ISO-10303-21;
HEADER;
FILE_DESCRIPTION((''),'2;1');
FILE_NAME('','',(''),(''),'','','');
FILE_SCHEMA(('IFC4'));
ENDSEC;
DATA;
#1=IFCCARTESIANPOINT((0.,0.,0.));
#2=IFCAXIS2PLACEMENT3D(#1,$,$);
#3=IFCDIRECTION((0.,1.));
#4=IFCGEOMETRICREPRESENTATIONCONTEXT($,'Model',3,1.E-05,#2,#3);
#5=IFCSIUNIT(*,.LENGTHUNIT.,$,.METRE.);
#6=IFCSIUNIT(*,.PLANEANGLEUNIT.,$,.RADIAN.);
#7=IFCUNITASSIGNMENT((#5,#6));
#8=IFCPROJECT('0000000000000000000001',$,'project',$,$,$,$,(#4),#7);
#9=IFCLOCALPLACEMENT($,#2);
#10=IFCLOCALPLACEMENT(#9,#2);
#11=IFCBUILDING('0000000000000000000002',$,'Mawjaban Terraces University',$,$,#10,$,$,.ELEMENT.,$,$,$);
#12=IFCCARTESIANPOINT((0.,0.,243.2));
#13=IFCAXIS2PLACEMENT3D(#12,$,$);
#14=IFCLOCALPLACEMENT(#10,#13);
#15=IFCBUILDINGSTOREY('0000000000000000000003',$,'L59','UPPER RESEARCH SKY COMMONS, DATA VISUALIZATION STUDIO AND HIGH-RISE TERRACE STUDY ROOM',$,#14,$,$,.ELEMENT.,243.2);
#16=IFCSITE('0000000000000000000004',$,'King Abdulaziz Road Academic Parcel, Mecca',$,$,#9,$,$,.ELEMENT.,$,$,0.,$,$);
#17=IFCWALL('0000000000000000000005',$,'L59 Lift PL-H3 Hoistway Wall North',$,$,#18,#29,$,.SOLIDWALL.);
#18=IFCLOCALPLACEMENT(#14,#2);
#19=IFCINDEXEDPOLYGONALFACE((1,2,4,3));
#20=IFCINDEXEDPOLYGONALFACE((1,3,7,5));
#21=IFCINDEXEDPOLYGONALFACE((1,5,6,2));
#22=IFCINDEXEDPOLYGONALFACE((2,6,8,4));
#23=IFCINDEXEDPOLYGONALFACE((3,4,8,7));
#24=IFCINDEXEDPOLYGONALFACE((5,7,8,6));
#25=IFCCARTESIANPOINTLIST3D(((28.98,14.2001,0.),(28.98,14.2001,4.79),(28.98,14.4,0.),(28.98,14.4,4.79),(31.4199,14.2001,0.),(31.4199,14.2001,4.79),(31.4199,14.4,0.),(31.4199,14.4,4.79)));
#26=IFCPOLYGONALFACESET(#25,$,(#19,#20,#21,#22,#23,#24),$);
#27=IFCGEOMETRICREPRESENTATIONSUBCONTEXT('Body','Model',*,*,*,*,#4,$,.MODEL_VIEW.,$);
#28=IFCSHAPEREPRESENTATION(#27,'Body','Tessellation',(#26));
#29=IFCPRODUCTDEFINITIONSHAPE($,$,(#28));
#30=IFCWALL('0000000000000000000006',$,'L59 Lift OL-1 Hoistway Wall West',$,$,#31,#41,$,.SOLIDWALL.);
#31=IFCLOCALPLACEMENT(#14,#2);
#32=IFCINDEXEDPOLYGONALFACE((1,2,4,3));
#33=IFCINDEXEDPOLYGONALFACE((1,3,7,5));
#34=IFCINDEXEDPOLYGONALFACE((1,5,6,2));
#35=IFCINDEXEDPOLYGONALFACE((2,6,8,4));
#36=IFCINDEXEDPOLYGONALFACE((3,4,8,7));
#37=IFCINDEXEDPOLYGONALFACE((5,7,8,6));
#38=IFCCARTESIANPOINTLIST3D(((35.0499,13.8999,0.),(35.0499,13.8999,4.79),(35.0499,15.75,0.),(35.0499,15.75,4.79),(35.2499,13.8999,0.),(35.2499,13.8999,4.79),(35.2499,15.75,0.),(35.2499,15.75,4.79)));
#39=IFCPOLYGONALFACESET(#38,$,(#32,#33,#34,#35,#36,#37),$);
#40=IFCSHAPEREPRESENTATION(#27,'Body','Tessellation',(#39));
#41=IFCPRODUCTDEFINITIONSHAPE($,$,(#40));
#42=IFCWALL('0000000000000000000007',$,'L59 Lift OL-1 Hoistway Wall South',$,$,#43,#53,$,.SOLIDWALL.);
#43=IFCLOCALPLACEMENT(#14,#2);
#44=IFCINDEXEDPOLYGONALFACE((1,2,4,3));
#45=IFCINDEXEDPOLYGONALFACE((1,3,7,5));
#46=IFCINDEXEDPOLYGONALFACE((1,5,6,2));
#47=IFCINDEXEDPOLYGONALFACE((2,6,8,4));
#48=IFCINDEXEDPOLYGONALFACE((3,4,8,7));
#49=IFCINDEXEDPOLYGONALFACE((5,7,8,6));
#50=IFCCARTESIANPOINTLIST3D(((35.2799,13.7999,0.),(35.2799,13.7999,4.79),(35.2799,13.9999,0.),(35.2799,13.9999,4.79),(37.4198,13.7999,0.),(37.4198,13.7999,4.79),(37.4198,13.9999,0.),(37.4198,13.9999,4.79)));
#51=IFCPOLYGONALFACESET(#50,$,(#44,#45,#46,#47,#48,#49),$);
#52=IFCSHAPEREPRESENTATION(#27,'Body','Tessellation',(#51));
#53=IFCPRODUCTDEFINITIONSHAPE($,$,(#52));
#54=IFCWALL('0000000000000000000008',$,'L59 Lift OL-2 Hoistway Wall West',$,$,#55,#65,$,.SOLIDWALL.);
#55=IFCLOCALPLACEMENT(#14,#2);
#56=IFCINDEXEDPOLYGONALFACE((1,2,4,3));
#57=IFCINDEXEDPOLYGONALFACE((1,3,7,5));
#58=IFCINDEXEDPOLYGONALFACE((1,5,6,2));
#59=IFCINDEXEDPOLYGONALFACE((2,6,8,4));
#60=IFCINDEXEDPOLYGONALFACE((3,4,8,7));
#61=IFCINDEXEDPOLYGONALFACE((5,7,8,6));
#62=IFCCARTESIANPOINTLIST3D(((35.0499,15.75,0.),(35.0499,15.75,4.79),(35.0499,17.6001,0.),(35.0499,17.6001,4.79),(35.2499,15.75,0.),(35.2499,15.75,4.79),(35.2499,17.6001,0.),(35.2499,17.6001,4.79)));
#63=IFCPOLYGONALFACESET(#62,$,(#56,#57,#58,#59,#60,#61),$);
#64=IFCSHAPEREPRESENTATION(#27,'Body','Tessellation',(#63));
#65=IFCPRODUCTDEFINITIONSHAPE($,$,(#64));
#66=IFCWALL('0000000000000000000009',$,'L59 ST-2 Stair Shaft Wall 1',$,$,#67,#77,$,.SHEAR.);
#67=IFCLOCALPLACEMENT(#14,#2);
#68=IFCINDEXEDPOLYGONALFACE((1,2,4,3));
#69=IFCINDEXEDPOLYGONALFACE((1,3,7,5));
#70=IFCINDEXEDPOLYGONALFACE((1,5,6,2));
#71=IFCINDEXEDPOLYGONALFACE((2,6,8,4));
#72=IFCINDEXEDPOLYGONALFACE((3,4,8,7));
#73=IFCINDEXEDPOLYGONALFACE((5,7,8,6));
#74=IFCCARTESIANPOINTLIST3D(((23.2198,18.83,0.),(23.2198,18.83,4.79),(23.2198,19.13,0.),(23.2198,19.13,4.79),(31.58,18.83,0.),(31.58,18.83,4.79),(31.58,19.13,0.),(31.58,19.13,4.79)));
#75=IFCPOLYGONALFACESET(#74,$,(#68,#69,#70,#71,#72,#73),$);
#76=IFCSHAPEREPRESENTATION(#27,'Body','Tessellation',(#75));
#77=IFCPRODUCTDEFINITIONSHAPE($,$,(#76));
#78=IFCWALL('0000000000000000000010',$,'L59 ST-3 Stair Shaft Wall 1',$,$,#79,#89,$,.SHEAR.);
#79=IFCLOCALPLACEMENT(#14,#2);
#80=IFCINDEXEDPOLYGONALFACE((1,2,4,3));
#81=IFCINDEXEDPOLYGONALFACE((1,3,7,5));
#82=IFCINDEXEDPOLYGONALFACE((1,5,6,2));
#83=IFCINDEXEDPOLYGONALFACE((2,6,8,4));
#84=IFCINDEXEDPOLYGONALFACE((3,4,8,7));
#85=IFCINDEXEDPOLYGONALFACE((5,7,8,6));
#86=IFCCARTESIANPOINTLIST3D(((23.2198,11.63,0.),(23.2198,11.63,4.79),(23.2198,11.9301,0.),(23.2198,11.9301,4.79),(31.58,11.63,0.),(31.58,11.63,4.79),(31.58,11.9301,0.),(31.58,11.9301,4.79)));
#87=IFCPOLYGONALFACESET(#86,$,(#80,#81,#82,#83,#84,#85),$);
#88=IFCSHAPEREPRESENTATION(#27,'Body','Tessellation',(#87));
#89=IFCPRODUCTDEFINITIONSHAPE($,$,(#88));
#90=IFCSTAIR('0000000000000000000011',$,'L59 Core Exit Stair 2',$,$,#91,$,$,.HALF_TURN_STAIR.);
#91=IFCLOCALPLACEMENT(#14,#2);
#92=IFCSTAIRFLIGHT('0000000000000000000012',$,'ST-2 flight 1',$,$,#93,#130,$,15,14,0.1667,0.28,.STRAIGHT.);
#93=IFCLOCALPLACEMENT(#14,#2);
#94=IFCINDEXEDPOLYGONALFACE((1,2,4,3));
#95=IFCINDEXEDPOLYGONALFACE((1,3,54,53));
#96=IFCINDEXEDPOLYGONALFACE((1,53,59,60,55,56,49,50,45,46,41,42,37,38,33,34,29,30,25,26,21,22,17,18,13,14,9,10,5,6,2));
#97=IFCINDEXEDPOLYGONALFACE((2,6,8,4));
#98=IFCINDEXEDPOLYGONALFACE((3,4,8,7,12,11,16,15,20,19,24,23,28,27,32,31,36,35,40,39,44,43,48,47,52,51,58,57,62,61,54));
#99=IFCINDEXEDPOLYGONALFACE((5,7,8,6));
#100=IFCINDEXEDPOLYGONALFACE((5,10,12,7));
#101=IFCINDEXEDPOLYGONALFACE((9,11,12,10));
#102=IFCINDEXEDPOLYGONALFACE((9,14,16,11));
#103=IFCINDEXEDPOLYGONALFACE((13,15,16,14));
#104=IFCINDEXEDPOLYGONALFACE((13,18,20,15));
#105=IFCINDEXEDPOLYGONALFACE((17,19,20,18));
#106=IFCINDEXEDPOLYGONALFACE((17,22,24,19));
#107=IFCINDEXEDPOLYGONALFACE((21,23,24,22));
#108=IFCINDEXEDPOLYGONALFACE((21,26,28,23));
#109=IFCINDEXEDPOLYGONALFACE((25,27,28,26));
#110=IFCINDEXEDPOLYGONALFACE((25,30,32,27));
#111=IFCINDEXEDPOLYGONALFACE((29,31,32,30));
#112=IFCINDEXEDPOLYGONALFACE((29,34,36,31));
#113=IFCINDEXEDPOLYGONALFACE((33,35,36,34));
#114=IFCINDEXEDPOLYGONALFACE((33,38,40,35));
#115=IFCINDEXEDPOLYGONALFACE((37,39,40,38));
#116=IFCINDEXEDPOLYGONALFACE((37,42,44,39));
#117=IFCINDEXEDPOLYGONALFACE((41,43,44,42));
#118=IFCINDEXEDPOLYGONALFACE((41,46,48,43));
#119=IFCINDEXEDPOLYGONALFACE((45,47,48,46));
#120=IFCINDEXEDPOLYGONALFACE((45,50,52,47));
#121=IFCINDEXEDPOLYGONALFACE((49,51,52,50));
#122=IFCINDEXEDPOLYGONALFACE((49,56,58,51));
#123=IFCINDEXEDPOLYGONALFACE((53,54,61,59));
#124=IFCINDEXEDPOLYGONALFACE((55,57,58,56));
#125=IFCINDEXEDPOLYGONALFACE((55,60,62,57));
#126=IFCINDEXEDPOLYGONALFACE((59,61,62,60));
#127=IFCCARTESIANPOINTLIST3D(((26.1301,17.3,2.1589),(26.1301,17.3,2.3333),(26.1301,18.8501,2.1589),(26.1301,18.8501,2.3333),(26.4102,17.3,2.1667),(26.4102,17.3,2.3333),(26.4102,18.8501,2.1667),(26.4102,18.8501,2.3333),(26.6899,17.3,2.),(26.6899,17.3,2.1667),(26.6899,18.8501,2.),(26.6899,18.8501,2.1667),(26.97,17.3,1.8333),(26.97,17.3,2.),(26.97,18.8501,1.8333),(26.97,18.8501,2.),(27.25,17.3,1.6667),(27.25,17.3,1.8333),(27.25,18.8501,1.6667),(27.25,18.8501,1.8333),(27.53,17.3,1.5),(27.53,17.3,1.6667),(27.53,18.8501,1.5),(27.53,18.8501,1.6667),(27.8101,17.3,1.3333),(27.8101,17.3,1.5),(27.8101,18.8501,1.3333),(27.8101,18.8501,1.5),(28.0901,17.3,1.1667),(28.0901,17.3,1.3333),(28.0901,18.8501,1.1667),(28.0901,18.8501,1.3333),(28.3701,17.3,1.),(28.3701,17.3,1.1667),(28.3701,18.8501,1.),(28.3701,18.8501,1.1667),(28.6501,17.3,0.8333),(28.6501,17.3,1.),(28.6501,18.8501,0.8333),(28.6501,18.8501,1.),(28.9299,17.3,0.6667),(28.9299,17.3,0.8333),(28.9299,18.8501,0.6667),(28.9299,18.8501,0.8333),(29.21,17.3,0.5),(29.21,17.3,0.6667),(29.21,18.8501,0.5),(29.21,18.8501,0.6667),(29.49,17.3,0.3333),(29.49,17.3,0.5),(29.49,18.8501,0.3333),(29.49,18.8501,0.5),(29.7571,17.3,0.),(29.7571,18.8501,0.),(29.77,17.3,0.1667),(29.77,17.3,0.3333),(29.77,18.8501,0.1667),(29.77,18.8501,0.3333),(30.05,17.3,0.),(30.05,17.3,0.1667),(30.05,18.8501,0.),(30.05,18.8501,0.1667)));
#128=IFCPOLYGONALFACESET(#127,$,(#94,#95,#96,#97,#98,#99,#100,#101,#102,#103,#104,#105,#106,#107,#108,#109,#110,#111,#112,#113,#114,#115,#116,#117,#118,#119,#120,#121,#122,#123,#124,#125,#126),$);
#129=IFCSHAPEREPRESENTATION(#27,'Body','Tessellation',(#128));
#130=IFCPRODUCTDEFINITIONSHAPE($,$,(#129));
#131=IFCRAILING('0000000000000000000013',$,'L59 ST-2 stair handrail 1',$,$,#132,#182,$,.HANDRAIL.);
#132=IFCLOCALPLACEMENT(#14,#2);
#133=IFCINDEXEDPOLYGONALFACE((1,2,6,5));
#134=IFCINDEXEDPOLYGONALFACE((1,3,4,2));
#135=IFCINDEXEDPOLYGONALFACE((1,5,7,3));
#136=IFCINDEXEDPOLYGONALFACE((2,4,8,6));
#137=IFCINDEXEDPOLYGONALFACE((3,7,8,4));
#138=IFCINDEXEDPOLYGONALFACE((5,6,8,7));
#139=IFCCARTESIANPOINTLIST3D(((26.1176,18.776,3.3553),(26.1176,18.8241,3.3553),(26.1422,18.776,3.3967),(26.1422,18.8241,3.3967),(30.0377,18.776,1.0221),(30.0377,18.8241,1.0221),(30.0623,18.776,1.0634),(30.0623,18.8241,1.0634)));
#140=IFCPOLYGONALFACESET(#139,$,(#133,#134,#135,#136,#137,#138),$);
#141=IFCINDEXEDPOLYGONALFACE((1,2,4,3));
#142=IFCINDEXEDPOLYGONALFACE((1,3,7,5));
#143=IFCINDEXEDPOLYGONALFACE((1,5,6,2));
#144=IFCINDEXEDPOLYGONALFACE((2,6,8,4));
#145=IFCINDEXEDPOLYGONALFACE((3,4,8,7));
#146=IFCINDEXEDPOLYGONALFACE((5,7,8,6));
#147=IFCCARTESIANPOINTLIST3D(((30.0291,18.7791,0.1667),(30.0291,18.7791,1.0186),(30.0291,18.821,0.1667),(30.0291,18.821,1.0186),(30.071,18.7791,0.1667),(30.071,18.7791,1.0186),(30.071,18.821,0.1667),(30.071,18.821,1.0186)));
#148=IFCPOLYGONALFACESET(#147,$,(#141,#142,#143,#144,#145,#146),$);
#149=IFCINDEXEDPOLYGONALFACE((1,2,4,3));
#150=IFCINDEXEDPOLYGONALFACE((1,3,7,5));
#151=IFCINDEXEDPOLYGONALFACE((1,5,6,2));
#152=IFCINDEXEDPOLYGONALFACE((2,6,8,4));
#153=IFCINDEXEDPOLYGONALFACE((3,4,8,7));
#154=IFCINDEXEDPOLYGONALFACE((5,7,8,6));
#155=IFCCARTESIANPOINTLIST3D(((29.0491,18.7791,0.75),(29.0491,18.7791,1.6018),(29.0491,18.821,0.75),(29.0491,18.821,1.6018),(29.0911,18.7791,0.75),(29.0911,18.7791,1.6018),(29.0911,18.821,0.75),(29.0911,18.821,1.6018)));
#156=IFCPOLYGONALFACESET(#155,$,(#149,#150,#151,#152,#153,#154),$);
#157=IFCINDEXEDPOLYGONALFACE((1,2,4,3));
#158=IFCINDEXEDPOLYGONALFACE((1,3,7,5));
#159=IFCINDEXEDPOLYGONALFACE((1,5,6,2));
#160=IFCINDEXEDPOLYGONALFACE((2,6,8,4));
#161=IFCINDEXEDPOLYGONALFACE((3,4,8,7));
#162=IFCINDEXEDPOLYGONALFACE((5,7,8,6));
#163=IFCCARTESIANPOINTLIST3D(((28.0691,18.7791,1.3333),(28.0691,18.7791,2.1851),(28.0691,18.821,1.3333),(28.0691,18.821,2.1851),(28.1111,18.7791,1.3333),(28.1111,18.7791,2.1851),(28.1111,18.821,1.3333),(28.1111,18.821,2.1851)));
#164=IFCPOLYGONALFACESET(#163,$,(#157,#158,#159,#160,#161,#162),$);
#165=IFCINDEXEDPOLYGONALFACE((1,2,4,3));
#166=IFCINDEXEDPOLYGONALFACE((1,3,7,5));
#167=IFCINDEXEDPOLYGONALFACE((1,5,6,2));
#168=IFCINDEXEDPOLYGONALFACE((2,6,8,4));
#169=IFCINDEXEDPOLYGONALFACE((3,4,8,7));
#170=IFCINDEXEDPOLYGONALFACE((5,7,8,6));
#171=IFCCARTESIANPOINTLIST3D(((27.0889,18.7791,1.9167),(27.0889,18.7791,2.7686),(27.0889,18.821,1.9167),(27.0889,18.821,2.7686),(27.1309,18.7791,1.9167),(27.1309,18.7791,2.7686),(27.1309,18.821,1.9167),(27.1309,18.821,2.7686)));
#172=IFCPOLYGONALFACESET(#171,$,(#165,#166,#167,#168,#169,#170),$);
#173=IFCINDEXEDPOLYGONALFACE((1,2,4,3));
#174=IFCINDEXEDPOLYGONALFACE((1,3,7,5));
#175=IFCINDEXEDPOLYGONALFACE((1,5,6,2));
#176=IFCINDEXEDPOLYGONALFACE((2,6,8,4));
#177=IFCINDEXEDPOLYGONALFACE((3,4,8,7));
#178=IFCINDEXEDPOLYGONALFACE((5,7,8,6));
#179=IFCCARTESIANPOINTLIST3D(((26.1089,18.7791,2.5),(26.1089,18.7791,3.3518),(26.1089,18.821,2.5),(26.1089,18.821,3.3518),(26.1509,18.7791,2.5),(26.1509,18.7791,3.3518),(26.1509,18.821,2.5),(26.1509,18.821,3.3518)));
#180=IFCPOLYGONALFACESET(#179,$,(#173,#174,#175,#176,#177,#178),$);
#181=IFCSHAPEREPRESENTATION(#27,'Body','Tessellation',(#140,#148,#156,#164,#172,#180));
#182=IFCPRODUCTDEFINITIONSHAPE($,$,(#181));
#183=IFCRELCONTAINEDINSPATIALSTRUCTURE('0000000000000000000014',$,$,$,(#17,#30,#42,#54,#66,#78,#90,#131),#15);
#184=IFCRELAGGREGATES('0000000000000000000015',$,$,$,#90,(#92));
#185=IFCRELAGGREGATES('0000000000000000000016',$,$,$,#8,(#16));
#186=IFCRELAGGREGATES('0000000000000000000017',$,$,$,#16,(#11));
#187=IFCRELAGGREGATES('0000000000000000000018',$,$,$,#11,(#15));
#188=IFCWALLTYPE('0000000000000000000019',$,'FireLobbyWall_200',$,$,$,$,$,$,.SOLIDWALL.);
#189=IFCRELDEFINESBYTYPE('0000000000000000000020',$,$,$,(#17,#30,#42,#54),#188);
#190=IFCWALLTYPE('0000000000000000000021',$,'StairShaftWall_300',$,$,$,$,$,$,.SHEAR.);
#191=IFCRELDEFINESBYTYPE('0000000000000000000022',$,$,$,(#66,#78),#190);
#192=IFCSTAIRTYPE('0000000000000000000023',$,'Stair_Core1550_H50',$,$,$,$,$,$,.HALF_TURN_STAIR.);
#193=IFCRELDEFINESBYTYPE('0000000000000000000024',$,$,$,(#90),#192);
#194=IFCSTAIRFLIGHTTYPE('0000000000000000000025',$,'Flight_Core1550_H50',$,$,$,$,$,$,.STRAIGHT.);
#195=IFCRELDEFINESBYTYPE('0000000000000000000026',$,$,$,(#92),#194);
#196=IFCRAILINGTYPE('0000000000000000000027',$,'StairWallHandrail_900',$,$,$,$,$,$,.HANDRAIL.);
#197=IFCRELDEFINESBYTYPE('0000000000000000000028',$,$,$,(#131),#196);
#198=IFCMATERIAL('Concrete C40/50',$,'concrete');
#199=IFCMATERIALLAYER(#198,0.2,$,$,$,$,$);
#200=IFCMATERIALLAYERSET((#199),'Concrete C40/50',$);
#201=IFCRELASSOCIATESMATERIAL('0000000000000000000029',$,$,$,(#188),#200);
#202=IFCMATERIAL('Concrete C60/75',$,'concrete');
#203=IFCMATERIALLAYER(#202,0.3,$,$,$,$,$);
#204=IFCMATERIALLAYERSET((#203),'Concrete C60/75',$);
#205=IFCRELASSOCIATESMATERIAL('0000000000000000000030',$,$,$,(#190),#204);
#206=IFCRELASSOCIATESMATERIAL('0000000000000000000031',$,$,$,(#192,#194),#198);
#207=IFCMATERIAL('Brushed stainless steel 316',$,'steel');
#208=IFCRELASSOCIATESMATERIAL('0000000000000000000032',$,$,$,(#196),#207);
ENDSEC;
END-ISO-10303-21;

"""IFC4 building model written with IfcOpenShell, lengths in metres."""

from ifc_helpers import new_model, si_unit, direction, frame, frame_2d, origin, origin_2d, place, context, subcontext, project, spatial, polyline, rectangle, outline, extrude, material, layer, layer_set, type_object, element, aggregate, save


model = new_model("IFC4")

# Units and contexts
model_context = context("Model", 3, precision=1e-05, world=origin(), true_north=direction((0.0, 1.0)))
body_context = subcontext(model_context, "Body", "Model", "MODEL_VIEW")
ifc_project = project(units=[si_unit("LENGTHUNIT", "METRE"), si_unit("PLANEANGLEUNIT", "RADIAN")], contexts=[model_context])

# Site, building, storey
site_placement = place(None, origin())
site = spatial("IfcSite", under=ifc_project, at=site_placement, Name="King Abdulaziz Road Academic Parcel, Mecca", CompositionType="ELEMENT", RefElevation=0.0)
building_placement = place(site_placement, origin())
building = spatial("IfcBuilding", under=site, at=building_placement, Name="Mawjaban Terraces University", CompositionType="ELEMENT")
storey_placement = place(building_placement, frame((0.0, 0.0, 243.2)))
storey = spatial("IfcBuildingStorey", under=building, at=storey_placement, Name="L59", Description="UPPER RESEARCH SKY COMMONS, DATA VISUALIZATION STUDIO AND HIGH-RISE TERRACE STUDY ROOM", CompositionType="ELEMENT", Elevation=243.2)

# Shared definitions
ifc_material_1 = material(Name="Concrete C40/50", Category="concrete")
ifc_layer_1 = layer(ifc_material_1, 0.2)
ifc_layer_set_1 = layer_set([ifc_layer_1], Name="Concrete C40/50")
wall_type_1 = type_object("IfcWallType", Name="FireLobbyWall_200", PredefinedType="SOLIDWALL", material=ifc_layer_set_1)

# Walls
wall_1_placement = place(storey_placement, frame((31.4199, 14.3, 0.0), z_axis=(0.0, 0.0, 1.0), x_axis=(-1.0, 0.0, 0.0)))
element("IfcWall", 1, at=wall_1_placement, inside=storey, type_object=wall_type_1, Name="L59 Lift PL-H3 Hoistway Wall North", PredefinedType="SOLIDWALL", context=body_context, shape_type="SweptSolid", body=[
    extrude(rectangle(XDim=2.4399, YDim=0.2, at=frame_2d((1.22, 0.0))), origin(), (0.0, 0.0, 1.0), 4.79),
])
wall_2_placement = place(storey_placement, frame((35.1499, 15.75, 0.0), z_axis=(0.0, 0.0, 1.0), x_axis=(0.0, -1.0, 0.0)))
element("IfcWall", 2, at=wall_2_placement, inside=storey, type_object=wall_type_1, Name="L59 Lift OL-1 Hoistway Wall West", PredefinedType="SOLIDWALL", context=body_context, shape_type="SweptSolid", body=[
    extrude(rectangle(XDim=1.8501, YDim=0.2, at=frame_2d((0.925, 0.0))), origin(), (0.0, 0.0, 1.0), 4.79),
])
wall_3_placement = place(storey_placement, frame((35.28, 13.8999, 0.0), z_axis=(0.0, 0.0, 1.0), x_axis=(1.0, 0.0, 0.0)))
element("IfcWall", 3, at=wall_3_placement, inside=storey, type_object=wall_type_1, Name="L59 Lift OL-1 Hoistway Wall South", PredefinedType="SOLIDWALL", context=body_context, shape_type="SweptSolid", body=[
    extrude(rectangle(XDim=2.1399, YDim=0.2, at=frame_2d((1.0698, 0.0))), origin(), (0.0, 0.0, 1.0), 4.79),
])
wall_4_placement = place(storey_placement, frame((35.1499, 17.6001, 0.0), z_axis=(0.0, 0.0, 1.0), x_axis=(0.0, -1.0, 0.0)))
element("IfcWall", 4, at=wall_4_placement, inside=storey, type_object=wall_type_1, Name="L59 Lift OL-2 Hoistway Wall West", PredefinedType="SOLIDWALL", context=body_context, shape_type="SweptSolid", body=[
    extrude(rectangle(XDim=1.8501, YDim=0.2, at=frame_2d((0.925, 0.0))), origin(), (0.0, 0.0, 1.0), 4.79),
])
ifc_material_2 = material(Name="Concrete C60/75", Category="concrete")
ifc_layer_2 = layer(ifc_material_2, 0.3)
ifc_layer_set_2 = layer_set([ifc_layer_2], Name="Concrete C60/75")
wall_type_2 = type_object("IfcWallType", Name="StairShaftWall_300", PredefinedType="SHEAR", material=ifc_layer_set_2)
wall_5_placement = place(storey_placement, frame((31.5801, 18.98, 0.0), z_axis=(0.0, 0.0, 1.0), x_axis=(-1.0, 0.0, 0.0)))
element("IfcWall", 5, at=wall_5_placement, inside=storey, type_object=wall_type_2, Name="L59 ST-2 Stair Shaft Wall 1", PredefinedType="SHEAR", context=body_context, shape_type="SweptSolid", body=[
    extrude(rectangle(XDim=8.3601, YDim=0.3, at=frame_2d((4.1802, 0.0))), origin(), (0.0, 0.0, 1.0), 4.79),
])

# Wall
wall_6_placement = place(storey_placement, frame((31.5801, 11.78, 0.0), z_axis=(0.0, 0.0, 1.0), x_axis=(-1.0, 0.0, 0.0)))
element("IfcWall", 6, at=wall_6_placement, inside=storey, type_object=wall_type_2, Name="L59 ST-3 Stair Shaft Wall 1", PredefinedType="SHEAR", context=body_context, shape_type="SweptSolid", body=[
    extrude(rectangle(XDim=8.3601, YDim=0.3, at=frame_2d((4.1802, 0.0))), origin(), (0.0, 0.0, 1.0), 4.79),
])

# Stair, stair flight
stair_type = type_object("IfcStairType", Name="Stair_Core1550_H50", PredefinedType="HALF_TURN_STAIR", material=ifc_material_1)
stair_placement = place(storey_placement, origin())
stair = element("IfcStair", 7, at=stair_placement, inside=storey, type_object=stair_type, Name="L59 Core Exit Stair 2", PredefinedType="HALF_TURN_STAIR")
stair_flight_type = type_object("IfcStairFlightType", Name="Flight_Core1550_H50", PredefinedType="STRAIGHT", material=ifc_material_1)
stair_flight_placement = place(storey_placement, frame((30.05, 18.075, 0.0), z_axis=(0.0, 0.0, 1.0), x_axis=(-1.0, 0.0, 0.0)))
stair_flight = element("IfcStairFlight", 8, at=stair_flight_placement, type_object=stair_flight_type, Name="ST-2 flight 1", NumberOfRisers=15, NumberOfTreads=14, PredefinedType="STRAIGHT", RiserHeight=0.1667, TreadLength=0.28, context=body_context, shape_type="SweptSolid", body=[
    extrude(outline(polyline([(0.0, 0.0), (0.0, 0.1667), (0.28, 0.1667), (0.28, 0.3333), (0.5601, 0.3333), (0.5601, 0.5), (0.8401, 0.5), (0.8401, 0.6667), (1.1201, 0.6667), (1.1201, 0.8333), (1.3999, 0.8333), (1.3999, 1.0), (1.6799, 1.0), (1.6799, 1.1667), (1.96, 1.1667), (1.96, 1.3333), (2.24, 1.3333), (2.24, 1.5), (2.52, 1.5), (2.52, 1.6667), (2.8, 1.6667), (2.8, 1.8333), (3.0801, 1.8333), (3.0801, 2.0), (3.3601, 2.0), (3.3601, 2.1667), (3.6399, 2.1667), (3.6399, 2.3333), (3.9199, 2.3333), (3.9199, 2.5), (3.9199, 2.1589), (0.293, 0.0), (0.0, 0.0)])), frame((0.0, 0.7749, 0.0), z_axis=(0.0, -1.0, 0.0), x_axis=(1.0, 0.0, 0.0)), (0.0, 0.0, 1.0), 1.55),
])
aggregate(stair, [stair_flight])

# Railing
ifc_material_3 = material(Name="Brushed stainless steel 316", Category="steel")
railing_type_1 = type_object("IfcRailingType", Name="StairWallHandrail_900", PredefinedType="HANDRAIL", material=ifc_material_3)
for number, where, name in (
    (9, (30.05, 18.8, 0.1667), "L59 ST-2 stair handrail 1"),
):
    element("IfcRailing", number, at=place(storey_placement, frame(where)), inside=storey, type_object=railing_type_1, Name=name, PredefinedType="HANDRAIL", context=body_context, shape_type="SweptSolid", body=[
        extrude(rectangle(XDim=0.0481, YDim=0.0481, at=origin_2d()), frame((0.0, 0.0, 0.876), z_axis=(-0.85931, 0.0, 0.511455), x_axis=(0.0, -1.0, 0.0)), (0.0, 0.0, 1.0), 4.562),
        extrude(rectangle(XDim=0.042, YDim=0.042, at=origin_2d()), origin(), (0.0, 0.0, 1.0), 0.8518),
        extrude(rectangle(XDim=0.042, YDim=0.042, at=origin_2d()), frame((-0.98, 0.0, 0.5833)), (0.0, 0.0, 1.0), 0.8518),
        extrude(rectangle(XDim=0.042, YDim=0.042, at=origin_2d()), frame((-1.96, 0.0, 1.1665)), (0.0, 0.0, 1.0), 0.8518),
        extrude(rectangle(XDim=0.042, YDim=0.042, at=origin_2d()), frame((-2.9402, 0.0, 1.75)), (0.0, 0.0, 1.0), 0.8518),
        extrude(rectangle(XDim=0.042, YDim=0.042, at=origin_2d()), frame((-3.9202, 0.0, 2.3333)), (0.0, 0.0, 1.0), 0.8518),
    ])

save(model, "model.ifc")
